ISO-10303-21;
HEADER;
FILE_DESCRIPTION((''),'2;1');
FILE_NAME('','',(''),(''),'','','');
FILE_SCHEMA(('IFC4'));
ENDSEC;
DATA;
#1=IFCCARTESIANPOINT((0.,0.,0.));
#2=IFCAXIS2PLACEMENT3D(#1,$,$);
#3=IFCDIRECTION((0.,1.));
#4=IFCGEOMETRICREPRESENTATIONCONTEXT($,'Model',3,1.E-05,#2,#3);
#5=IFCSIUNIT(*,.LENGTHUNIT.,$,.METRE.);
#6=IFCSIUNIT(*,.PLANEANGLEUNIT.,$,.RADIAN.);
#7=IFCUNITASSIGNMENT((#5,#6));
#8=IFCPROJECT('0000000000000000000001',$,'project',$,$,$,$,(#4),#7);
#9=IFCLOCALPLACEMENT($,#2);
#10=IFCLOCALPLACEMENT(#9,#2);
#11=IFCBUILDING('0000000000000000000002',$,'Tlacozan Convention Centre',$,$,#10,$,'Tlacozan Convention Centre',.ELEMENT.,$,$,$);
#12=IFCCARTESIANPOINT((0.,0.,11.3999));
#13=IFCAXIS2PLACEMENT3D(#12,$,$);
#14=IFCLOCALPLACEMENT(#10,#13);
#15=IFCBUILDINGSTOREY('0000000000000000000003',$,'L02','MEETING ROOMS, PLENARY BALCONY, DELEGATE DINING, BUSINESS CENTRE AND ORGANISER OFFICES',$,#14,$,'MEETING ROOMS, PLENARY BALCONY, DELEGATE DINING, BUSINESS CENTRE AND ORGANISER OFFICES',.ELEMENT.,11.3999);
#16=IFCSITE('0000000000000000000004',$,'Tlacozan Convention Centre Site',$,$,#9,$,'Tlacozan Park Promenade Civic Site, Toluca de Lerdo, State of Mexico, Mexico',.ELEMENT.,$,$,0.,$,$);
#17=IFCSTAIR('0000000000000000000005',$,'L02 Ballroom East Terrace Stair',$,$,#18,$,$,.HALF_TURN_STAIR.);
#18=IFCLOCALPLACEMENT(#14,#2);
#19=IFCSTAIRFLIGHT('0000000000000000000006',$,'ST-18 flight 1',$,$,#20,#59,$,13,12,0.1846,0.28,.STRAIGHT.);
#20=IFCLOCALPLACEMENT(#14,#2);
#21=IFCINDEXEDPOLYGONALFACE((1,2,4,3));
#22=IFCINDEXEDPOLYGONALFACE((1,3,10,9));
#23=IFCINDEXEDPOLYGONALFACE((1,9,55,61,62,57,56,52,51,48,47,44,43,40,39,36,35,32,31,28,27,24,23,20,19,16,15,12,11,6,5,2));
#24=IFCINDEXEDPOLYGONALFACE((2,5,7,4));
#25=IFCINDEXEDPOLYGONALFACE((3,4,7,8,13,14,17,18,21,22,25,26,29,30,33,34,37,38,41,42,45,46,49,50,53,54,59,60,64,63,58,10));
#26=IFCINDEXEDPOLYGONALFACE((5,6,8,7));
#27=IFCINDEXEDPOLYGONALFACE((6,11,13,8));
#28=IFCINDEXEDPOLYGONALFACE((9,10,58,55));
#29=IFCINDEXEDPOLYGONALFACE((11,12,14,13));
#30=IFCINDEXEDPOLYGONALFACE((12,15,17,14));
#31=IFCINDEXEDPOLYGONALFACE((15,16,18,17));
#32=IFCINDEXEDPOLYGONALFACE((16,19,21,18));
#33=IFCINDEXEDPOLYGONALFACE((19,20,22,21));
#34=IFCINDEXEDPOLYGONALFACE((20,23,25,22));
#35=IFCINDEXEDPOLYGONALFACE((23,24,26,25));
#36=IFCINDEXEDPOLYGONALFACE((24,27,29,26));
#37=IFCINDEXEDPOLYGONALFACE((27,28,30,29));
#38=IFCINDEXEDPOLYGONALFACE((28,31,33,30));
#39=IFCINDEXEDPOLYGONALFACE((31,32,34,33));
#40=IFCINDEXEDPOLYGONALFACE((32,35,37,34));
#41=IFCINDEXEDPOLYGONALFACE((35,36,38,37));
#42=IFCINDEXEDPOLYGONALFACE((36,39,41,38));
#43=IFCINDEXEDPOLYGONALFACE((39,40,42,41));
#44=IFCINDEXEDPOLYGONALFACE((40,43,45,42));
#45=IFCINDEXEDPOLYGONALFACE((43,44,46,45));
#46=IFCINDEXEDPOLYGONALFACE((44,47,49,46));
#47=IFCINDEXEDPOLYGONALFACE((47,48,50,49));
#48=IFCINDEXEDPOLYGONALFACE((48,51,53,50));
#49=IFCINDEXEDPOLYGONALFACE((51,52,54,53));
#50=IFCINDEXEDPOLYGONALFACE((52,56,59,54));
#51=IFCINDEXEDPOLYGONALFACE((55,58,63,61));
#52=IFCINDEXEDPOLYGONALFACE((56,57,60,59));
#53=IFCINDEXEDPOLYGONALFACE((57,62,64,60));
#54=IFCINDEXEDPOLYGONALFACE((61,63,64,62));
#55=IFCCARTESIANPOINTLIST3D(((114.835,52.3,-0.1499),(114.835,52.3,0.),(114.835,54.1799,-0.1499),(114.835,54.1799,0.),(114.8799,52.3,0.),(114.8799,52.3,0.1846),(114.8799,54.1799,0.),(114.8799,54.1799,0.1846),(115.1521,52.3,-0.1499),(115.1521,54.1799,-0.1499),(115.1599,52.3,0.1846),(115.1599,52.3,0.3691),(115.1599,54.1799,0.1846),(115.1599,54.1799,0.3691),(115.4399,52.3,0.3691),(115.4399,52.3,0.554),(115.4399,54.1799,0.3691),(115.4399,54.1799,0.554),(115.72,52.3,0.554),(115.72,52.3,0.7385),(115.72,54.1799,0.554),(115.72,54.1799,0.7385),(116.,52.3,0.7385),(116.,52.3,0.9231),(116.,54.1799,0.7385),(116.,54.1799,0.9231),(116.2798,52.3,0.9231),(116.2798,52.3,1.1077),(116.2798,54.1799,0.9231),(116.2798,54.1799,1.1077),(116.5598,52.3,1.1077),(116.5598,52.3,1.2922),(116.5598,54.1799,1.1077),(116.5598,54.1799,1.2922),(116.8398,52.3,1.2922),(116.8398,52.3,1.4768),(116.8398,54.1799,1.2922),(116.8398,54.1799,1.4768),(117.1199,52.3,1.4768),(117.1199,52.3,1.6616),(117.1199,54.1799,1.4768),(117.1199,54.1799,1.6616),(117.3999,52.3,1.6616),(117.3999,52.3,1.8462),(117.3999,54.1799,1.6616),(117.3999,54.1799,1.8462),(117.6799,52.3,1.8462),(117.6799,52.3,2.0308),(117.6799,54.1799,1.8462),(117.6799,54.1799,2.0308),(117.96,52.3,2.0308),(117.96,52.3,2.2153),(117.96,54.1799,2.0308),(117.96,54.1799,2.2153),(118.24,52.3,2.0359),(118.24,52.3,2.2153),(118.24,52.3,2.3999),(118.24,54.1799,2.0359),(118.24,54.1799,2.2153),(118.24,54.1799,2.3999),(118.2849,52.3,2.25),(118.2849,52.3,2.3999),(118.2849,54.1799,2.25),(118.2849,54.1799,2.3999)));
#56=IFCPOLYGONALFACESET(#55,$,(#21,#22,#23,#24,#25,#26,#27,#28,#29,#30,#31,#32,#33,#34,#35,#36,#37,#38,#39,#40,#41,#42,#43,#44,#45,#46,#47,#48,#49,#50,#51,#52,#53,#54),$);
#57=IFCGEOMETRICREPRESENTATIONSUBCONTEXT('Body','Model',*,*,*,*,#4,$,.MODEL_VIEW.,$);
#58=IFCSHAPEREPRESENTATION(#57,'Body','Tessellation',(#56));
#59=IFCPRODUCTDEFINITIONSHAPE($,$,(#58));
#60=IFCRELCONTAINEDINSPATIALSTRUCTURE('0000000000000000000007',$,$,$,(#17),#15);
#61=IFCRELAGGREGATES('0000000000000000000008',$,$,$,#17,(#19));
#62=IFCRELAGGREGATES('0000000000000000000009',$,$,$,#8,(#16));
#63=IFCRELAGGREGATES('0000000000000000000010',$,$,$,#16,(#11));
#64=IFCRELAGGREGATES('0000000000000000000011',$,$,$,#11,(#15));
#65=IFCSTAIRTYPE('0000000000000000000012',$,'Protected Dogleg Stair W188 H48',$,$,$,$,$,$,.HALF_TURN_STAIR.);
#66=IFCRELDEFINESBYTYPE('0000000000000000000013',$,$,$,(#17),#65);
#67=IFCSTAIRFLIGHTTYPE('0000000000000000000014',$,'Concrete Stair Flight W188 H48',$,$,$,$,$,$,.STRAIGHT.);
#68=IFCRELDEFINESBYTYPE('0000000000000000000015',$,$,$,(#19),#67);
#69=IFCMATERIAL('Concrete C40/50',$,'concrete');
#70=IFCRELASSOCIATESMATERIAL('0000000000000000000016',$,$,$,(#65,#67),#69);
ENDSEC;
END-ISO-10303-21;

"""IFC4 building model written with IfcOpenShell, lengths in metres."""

from ifc_helpers import new_model, si_unit, direction, frame, origin, place, context, subcontext, project, spatial, polyline, outline, extrude, material, type_object, element, aggregate, save


model = new_model("IFC4")

# Units and contexts
model_context = context("Model", 3, precision=1e-05, world=origin(), true_north=direction((0.0, 1.0)))
body_context = subcontext(model_context, "Body", "Model", "MODEL_VIEW")
ifc_project = project(units=[si_unit("LENGTHUNIT", "METRE"), si_unit("PLANEANGLEUNIT", "RADIAN")], contexts=[model_context])

# Site, building, storey
site_placement = place(None, origin())
site = spatial("IfcSite", under=ifc_project, at=site_placement, Name="Tlacozan Convention Centre Site", LongName="Tlacozan Park Promenade Civic Site, Toluca de Lerdo, State of Mexico, Mexico", CompositionType="ELEMENT", RefElevation=0.0)
building_placement = place(site_placement, origin())
building = spatial("IfcBuilding", under=site, at=building_placement, Name="Tlacozan Convention Centre", LongName="Tlacozan Convention Centre", CompositionType="ELEMENT")
storey_placement = place(building_placement, frame((0.0, 0.0, 11.3999)))
storey = spatial("IfcBuildingStorey", under=building, at=storey_placement, Name="L02", Description="MEETING ROOMS, PLENARY BALCONY, DELEGATE DINING, BUSINESS CENTRE AND ORGANISER OFFICES", LongName="MEETING ROOMS, PLENARY BALCONY, DELEGATE DINING, BUSINESS CENTRE AND ORGANISER OFFICES", CompositionType="ELEMENT", Elevation=11.3999)

# Shared definitions
ifc_material_1 = material(Name="Concrete C40/50", Category="concrete")

# Shared definitions
stair_type = type_object("IfcStairType", Name="Protected Dogleg Stair W188 H48", PredefinedType="HALF_TURN_STAIR", material=ifc_material_1)
stair_flight_type = type_object("IfcStairFlightType", Name="Concrete Stair Flight W188 H48", PredefinedType="STRAIGHT", material=ifc_material_1)

# Stair, stair flight
stair_1_placement = place(storey_placement, origin())
stair_1 = element("IfcStair", 1, at=stair_1_placement, inside=storey, type_object=stair_type, Name="L02 Ballroom East Terrace Stair", PredefinedType="HALF_TURN_STAIR")
stair_flight_1_placement = place(storey_placement, frame((114.8799, 53.24, 0.0), z_axis=(0.0, 0.0, 1.0), x_axis=(1.0, 0.0, 0.0)))
stair_flight_1 = element("IfcStairFlight", 2, at=stair_flight_1_placement, type_object=stair_flight_type, Name="ST-18 flight 1", NumberOfRisers=13, NumberOfTreads=12, PredefinedType="STRAIGHT", RiserHeight=0.1846, TreadLength=0.28, context=body_context, shape_type="SweptSolid", body=[
    extrude(outline(polyline([(-0.0449, -0.1499), (-0.0449, 0.0), (0.0, 0.0), (0.0, 0.1846), (0.28, 0.1846), (0.28, 0.3691), (0.5601, 0.3691), (0.5601, 0.554), (0.8401, 0.554), (0.8401, 0.7385), (1.1201, 0.7385), (1.1201, 0.9231), (1.3999, 0.9231), (1.3999, 1.1077), (1.6799, 1.1077), (1.6799, 1.2922), (1.96, 1.2922), (1.96, 1.4768), (2.24, 1.4768), (2.24, 1.6616), (2.52, 1.6616), (2.52, 1.8462), (2.8, 1.8462), (2.8, 2.0308), (3.0801, 2.0308), (3.0801, 2.2153), (3.3601, 2.2153), (3.3601, 2.3999), (3.405, 2.3999), (3.405, 2.25), (3.3601, 2.0359), (0.2722, -0.1499), (-0.0449, -0.1499)])), frame((0.0, 0.9399, 0.0), z_axis=(0.0, -1.0, 0.0), x_axis=(1.0, 0.0, 0.0)), (0.0, 0.0, 1.0), 1.8799),
])
aggregate(stair_1, [stair_flight_1])

save(model, "model.ifc")
